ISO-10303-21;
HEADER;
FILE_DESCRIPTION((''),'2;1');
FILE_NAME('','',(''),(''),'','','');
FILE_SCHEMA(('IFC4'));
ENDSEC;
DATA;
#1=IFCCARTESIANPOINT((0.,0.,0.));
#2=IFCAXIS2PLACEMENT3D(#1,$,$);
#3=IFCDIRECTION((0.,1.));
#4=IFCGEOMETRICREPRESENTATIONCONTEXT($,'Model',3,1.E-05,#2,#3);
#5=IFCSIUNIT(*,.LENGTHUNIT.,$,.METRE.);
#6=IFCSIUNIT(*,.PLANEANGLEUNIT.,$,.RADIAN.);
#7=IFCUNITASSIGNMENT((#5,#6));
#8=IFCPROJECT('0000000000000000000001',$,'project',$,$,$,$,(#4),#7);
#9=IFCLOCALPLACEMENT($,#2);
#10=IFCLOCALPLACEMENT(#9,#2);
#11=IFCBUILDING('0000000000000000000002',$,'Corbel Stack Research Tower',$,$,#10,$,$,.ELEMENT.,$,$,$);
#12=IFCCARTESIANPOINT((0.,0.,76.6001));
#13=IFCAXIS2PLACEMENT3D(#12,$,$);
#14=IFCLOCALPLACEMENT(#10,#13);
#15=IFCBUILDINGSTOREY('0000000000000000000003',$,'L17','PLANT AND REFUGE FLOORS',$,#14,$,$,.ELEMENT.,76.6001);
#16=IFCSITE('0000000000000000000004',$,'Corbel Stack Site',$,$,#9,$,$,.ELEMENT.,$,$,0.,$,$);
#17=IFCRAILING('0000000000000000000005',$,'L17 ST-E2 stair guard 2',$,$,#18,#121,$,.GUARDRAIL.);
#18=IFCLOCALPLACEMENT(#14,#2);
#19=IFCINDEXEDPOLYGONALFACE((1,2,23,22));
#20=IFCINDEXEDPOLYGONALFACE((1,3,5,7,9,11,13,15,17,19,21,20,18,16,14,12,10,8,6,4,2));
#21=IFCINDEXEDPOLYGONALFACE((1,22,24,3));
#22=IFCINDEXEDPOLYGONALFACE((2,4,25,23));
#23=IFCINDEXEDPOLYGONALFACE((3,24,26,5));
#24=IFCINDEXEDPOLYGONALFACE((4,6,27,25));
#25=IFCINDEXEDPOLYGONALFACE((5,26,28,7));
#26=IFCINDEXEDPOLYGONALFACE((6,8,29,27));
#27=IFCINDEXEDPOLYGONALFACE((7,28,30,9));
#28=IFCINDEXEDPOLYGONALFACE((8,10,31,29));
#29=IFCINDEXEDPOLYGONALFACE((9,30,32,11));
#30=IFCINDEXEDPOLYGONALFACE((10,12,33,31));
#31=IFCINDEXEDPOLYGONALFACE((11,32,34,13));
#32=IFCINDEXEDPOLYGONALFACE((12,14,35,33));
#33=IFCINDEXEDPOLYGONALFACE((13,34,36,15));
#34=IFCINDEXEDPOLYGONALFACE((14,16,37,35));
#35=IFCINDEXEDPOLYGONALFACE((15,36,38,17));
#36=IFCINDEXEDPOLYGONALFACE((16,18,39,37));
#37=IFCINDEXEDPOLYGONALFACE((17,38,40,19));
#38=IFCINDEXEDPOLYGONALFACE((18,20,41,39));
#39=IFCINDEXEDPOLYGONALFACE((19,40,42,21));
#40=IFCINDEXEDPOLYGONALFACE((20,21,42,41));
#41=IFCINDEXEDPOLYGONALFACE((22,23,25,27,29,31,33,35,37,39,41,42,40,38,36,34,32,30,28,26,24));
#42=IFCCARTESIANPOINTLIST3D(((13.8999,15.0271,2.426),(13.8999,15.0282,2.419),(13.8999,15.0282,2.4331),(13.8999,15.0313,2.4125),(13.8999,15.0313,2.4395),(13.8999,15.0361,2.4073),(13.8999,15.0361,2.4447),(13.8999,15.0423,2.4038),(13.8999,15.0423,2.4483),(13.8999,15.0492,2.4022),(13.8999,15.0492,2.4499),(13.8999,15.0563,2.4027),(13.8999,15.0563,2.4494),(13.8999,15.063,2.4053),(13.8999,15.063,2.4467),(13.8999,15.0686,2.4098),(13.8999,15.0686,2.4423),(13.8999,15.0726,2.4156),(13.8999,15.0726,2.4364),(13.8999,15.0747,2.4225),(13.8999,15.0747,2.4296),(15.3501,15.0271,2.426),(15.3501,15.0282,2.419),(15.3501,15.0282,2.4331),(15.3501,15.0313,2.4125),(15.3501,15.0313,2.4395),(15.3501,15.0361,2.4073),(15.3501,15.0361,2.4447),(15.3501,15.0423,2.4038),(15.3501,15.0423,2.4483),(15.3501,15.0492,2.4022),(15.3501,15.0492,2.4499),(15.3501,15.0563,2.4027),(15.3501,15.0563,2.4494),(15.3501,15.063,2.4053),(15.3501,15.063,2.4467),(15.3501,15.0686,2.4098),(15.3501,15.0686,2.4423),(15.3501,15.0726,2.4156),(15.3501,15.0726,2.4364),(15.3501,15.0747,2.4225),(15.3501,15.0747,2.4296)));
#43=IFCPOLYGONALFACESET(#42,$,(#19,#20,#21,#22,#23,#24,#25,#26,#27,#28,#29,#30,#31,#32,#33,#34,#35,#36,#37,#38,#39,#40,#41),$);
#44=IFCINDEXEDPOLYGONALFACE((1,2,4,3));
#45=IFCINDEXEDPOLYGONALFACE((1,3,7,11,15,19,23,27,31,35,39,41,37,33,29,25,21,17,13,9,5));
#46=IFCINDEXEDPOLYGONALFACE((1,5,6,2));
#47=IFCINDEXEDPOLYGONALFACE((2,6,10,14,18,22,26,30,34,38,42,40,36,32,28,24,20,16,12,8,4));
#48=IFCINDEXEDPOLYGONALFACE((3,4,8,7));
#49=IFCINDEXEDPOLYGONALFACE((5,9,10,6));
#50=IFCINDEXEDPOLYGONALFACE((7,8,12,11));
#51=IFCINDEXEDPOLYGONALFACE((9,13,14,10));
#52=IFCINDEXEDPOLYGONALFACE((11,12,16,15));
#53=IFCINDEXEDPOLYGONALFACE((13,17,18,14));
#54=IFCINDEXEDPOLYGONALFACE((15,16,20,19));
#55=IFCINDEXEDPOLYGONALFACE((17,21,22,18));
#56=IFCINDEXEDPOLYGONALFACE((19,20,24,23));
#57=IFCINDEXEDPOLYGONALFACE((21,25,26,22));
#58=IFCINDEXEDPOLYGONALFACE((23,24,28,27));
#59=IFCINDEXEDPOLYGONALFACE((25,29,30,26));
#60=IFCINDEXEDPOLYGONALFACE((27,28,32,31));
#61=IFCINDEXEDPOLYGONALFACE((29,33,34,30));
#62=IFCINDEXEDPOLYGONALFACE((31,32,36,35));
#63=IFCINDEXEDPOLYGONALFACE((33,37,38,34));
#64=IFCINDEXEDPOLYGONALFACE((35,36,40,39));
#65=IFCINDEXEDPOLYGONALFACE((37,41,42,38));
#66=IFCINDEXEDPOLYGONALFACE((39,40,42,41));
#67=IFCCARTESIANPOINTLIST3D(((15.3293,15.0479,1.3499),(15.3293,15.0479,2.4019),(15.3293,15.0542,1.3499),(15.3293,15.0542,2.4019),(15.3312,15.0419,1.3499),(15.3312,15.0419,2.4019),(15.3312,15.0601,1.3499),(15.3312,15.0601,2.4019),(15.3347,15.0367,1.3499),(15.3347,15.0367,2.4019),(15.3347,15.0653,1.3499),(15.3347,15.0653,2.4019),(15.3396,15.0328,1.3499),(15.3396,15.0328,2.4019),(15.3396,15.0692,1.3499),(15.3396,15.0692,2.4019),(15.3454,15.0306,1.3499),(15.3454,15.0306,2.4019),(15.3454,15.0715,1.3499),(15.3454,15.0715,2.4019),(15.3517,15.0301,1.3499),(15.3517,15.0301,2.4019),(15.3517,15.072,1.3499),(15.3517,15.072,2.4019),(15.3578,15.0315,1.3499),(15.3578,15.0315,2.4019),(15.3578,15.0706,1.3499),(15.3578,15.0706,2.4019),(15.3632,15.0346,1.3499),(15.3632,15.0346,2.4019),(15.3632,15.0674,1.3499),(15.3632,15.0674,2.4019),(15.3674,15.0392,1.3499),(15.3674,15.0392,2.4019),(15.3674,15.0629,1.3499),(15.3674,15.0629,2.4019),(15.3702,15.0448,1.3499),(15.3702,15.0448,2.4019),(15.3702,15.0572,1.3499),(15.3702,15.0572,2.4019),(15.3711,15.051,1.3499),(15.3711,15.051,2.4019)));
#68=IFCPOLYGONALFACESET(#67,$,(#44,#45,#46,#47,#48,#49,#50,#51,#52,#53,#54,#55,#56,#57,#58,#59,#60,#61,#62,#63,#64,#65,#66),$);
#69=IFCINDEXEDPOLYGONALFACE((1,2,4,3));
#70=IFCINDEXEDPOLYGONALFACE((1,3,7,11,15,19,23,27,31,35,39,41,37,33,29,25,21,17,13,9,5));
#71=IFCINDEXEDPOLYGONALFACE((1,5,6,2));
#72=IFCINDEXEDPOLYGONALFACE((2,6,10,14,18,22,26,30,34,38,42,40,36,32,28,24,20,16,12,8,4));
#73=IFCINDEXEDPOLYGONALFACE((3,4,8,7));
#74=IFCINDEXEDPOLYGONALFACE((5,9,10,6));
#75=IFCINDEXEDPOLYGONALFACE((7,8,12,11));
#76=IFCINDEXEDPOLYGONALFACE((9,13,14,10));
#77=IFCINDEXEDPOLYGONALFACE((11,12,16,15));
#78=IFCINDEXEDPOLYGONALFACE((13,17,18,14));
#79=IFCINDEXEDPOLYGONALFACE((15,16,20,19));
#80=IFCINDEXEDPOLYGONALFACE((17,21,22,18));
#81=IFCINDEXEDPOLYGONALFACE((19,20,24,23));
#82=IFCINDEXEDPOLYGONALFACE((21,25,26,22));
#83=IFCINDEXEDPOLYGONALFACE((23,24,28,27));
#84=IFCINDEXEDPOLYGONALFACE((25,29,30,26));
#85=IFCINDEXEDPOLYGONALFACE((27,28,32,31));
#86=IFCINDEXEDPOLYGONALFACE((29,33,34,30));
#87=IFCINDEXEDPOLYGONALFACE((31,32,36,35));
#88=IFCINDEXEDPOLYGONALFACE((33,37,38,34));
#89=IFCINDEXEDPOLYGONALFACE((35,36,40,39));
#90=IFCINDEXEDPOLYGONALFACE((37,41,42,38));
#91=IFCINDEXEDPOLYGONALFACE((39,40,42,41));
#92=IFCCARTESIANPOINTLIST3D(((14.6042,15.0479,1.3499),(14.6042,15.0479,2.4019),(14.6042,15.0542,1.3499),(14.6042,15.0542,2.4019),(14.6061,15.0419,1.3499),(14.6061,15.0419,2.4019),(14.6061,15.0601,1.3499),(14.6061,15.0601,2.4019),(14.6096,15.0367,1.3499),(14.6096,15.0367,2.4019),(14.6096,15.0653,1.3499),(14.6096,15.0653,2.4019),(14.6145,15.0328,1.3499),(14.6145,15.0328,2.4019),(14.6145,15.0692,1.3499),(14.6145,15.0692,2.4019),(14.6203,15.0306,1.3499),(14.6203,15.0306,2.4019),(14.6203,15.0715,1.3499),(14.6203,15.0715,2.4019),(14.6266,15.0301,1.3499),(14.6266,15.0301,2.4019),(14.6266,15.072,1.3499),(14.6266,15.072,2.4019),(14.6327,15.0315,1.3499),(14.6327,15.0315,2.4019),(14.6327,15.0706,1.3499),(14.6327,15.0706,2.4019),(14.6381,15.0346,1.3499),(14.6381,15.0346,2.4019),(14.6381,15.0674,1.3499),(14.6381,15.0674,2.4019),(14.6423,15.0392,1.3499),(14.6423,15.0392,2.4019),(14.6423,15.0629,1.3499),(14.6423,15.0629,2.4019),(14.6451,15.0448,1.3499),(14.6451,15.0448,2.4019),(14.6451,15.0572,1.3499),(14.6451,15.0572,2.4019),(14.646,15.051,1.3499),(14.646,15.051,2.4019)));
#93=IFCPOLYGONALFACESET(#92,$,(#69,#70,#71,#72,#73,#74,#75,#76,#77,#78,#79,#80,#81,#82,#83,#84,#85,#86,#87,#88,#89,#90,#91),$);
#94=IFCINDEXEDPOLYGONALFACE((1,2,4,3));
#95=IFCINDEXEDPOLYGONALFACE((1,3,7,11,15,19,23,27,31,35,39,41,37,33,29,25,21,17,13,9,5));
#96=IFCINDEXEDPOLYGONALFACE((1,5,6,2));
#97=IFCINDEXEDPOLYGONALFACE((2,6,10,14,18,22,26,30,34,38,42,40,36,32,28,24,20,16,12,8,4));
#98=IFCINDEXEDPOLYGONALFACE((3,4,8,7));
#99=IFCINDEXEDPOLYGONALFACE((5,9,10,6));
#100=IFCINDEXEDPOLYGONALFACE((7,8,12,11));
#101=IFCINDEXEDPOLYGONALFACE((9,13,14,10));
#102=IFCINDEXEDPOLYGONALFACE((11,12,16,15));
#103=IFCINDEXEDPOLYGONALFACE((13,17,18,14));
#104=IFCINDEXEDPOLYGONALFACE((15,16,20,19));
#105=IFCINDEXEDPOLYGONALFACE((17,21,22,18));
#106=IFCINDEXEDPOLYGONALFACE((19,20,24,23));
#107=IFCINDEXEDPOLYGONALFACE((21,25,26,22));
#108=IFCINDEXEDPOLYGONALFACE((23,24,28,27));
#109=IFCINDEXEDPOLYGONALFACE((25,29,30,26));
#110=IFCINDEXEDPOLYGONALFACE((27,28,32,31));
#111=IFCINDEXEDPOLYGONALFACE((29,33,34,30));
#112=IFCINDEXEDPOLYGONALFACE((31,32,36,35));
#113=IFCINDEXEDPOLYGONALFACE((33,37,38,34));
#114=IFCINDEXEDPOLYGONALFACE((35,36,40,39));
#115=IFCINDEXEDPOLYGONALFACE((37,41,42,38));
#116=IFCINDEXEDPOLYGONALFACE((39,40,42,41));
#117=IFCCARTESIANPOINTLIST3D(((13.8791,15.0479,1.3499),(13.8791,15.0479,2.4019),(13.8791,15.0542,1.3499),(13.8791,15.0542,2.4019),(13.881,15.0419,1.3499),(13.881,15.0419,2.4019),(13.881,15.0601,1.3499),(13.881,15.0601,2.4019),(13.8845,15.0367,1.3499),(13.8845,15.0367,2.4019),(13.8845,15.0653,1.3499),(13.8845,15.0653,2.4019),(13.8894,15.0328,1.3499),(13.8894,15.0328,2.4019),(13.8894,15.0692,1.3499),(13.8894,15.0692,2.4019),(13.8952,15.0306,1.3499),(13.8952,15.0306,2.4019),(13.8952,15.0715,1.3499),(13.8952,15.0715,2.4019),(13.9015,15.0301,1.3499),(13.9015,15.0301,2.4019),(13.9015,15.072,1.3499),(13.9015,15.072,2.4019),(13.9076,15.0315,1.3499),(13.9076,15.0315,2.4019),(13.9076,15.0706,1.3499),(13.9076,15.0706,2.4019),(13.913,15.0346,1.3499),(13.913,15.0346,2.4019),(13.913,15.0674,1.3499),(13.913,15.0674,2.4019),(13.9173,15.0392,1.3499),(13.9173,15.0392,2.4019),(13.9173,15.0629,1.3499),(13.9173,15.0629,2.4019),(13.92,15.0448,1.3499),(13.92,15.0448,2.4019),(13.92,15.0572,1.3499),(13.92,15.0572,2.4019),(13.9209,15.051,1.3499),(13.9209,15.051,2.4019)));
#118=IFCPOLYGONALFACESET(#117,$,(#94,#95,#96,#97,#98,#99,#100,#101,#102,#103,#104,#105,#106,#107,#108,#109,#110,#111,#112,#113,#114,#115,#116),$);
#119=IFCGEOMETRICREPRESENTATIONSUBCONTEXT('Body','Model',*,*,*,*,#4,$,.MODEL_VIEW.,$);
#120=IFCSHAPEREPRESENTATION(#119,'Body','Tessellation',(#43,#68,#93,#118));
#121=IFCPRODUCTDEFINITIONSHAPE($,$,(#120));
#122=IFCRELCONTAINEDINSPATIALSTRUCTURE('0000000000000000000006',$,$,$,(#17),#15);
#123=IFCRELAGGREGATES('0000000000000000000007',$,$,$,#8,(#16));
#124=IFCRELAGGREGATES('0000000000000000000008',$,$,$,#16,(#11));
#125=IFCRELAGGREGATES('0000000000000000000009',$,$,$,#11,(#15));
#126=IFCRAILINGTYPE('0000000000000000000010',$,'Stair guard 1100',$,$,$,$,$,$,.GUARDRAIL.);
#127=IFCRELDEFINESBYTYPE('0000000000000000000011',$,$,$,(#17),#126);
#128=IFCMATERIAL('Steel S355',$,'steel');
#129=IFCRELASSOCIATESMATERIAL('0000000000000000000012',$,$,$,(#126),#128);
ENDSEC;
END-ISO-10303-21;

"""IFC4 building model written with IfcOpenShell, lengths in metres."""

from ifc_helpers import new_model, si_unit, direction, frame, origin, origin_2d, place, context, subcontext, project, spatial, circle, extrude, material, type_object, element, save


model = new_model("IFC4")

# Units and contexts
model_context = context("Model", 3, precision=1e-05, world=origin(), true_north=direction((0.0, 1.0)))
body_context = subcontext(model_context, "Body", "Model", "MODEL_VIEW")
ifc_project = project(units=[si_unit("LENGTHUNIT", "METRE"), si_unit("PLANEANGLEUNIT", "RADIAN")], contexts=[model_context])

# Site, building, storey
site_placement = place(None, origin())
site = spatial("IfcSite", under=ifc_project, at=site_placement, Name="Corbel Stack Site", CompositionType="ELEMENT", RefElevation=0.0)
building_placement = place(site_placement, origin())
building = spatial("IfcBuilding", under=site, at=building_placement, Name="Corbel Stack Research Tower", CompositionType="ELEMENT")
storey_placement = place(building_placement, frame((0.0, 0.0, 76.6001)))
storey = spatial("IfcBuildingStorey", under=building, at=storey_placement, Name="L17", Description="PLANT AND REFUGE FLOORS", CompositionType="ELEMENT", Elevation=76.6001)

# Railing
ifc_material_1 = material(Name="Steel S355", Category="steel")
railing_type_1 = type_object("IfcRailingType", Name="Stair guard 1100", PredefinedType="GUARDRAIL", material=ifc_material_1)
railing_1_placement = place(storey_placement, frame((15.3501, 15.051, 1.3499)))
element("IfcRailing", 1, at=railing_1_placement, inside=storey, type_object=railing_type_1, Name="L17 ST-E2 stair guard 2", PredefinedType="GUARDRAIL", context=body_context, shape_type="SweptSolid", body=[
    extrude(circle(Radius=0.0239, at=origin_2d()), frame((0.0, 0.0, 1.0762), z_axis=(-1.0, 0.0, 0.0), x_axis=(0.0, -1.0, 0.0)), (0.0, 0.0, 1.0), 1.4502),
    extrude(circle(Radius=0.021, at=origin_2d()), origin(), (0.0, 0.0, 1.0), 1.052),
    extrude(circle(Radius=0.021, at=origin_2d()), frame((-0.7251, 0.0, 0.0)), (0.0, 0.0, 1.0), 1.052),
    extrude(circle(Radius=0.021, at=origin_2d()), frame((-1.4502, 0.0, 0.0)), (0.0, 0.0, 1.0), 1.052),
])

save(model, "model.ifc")
